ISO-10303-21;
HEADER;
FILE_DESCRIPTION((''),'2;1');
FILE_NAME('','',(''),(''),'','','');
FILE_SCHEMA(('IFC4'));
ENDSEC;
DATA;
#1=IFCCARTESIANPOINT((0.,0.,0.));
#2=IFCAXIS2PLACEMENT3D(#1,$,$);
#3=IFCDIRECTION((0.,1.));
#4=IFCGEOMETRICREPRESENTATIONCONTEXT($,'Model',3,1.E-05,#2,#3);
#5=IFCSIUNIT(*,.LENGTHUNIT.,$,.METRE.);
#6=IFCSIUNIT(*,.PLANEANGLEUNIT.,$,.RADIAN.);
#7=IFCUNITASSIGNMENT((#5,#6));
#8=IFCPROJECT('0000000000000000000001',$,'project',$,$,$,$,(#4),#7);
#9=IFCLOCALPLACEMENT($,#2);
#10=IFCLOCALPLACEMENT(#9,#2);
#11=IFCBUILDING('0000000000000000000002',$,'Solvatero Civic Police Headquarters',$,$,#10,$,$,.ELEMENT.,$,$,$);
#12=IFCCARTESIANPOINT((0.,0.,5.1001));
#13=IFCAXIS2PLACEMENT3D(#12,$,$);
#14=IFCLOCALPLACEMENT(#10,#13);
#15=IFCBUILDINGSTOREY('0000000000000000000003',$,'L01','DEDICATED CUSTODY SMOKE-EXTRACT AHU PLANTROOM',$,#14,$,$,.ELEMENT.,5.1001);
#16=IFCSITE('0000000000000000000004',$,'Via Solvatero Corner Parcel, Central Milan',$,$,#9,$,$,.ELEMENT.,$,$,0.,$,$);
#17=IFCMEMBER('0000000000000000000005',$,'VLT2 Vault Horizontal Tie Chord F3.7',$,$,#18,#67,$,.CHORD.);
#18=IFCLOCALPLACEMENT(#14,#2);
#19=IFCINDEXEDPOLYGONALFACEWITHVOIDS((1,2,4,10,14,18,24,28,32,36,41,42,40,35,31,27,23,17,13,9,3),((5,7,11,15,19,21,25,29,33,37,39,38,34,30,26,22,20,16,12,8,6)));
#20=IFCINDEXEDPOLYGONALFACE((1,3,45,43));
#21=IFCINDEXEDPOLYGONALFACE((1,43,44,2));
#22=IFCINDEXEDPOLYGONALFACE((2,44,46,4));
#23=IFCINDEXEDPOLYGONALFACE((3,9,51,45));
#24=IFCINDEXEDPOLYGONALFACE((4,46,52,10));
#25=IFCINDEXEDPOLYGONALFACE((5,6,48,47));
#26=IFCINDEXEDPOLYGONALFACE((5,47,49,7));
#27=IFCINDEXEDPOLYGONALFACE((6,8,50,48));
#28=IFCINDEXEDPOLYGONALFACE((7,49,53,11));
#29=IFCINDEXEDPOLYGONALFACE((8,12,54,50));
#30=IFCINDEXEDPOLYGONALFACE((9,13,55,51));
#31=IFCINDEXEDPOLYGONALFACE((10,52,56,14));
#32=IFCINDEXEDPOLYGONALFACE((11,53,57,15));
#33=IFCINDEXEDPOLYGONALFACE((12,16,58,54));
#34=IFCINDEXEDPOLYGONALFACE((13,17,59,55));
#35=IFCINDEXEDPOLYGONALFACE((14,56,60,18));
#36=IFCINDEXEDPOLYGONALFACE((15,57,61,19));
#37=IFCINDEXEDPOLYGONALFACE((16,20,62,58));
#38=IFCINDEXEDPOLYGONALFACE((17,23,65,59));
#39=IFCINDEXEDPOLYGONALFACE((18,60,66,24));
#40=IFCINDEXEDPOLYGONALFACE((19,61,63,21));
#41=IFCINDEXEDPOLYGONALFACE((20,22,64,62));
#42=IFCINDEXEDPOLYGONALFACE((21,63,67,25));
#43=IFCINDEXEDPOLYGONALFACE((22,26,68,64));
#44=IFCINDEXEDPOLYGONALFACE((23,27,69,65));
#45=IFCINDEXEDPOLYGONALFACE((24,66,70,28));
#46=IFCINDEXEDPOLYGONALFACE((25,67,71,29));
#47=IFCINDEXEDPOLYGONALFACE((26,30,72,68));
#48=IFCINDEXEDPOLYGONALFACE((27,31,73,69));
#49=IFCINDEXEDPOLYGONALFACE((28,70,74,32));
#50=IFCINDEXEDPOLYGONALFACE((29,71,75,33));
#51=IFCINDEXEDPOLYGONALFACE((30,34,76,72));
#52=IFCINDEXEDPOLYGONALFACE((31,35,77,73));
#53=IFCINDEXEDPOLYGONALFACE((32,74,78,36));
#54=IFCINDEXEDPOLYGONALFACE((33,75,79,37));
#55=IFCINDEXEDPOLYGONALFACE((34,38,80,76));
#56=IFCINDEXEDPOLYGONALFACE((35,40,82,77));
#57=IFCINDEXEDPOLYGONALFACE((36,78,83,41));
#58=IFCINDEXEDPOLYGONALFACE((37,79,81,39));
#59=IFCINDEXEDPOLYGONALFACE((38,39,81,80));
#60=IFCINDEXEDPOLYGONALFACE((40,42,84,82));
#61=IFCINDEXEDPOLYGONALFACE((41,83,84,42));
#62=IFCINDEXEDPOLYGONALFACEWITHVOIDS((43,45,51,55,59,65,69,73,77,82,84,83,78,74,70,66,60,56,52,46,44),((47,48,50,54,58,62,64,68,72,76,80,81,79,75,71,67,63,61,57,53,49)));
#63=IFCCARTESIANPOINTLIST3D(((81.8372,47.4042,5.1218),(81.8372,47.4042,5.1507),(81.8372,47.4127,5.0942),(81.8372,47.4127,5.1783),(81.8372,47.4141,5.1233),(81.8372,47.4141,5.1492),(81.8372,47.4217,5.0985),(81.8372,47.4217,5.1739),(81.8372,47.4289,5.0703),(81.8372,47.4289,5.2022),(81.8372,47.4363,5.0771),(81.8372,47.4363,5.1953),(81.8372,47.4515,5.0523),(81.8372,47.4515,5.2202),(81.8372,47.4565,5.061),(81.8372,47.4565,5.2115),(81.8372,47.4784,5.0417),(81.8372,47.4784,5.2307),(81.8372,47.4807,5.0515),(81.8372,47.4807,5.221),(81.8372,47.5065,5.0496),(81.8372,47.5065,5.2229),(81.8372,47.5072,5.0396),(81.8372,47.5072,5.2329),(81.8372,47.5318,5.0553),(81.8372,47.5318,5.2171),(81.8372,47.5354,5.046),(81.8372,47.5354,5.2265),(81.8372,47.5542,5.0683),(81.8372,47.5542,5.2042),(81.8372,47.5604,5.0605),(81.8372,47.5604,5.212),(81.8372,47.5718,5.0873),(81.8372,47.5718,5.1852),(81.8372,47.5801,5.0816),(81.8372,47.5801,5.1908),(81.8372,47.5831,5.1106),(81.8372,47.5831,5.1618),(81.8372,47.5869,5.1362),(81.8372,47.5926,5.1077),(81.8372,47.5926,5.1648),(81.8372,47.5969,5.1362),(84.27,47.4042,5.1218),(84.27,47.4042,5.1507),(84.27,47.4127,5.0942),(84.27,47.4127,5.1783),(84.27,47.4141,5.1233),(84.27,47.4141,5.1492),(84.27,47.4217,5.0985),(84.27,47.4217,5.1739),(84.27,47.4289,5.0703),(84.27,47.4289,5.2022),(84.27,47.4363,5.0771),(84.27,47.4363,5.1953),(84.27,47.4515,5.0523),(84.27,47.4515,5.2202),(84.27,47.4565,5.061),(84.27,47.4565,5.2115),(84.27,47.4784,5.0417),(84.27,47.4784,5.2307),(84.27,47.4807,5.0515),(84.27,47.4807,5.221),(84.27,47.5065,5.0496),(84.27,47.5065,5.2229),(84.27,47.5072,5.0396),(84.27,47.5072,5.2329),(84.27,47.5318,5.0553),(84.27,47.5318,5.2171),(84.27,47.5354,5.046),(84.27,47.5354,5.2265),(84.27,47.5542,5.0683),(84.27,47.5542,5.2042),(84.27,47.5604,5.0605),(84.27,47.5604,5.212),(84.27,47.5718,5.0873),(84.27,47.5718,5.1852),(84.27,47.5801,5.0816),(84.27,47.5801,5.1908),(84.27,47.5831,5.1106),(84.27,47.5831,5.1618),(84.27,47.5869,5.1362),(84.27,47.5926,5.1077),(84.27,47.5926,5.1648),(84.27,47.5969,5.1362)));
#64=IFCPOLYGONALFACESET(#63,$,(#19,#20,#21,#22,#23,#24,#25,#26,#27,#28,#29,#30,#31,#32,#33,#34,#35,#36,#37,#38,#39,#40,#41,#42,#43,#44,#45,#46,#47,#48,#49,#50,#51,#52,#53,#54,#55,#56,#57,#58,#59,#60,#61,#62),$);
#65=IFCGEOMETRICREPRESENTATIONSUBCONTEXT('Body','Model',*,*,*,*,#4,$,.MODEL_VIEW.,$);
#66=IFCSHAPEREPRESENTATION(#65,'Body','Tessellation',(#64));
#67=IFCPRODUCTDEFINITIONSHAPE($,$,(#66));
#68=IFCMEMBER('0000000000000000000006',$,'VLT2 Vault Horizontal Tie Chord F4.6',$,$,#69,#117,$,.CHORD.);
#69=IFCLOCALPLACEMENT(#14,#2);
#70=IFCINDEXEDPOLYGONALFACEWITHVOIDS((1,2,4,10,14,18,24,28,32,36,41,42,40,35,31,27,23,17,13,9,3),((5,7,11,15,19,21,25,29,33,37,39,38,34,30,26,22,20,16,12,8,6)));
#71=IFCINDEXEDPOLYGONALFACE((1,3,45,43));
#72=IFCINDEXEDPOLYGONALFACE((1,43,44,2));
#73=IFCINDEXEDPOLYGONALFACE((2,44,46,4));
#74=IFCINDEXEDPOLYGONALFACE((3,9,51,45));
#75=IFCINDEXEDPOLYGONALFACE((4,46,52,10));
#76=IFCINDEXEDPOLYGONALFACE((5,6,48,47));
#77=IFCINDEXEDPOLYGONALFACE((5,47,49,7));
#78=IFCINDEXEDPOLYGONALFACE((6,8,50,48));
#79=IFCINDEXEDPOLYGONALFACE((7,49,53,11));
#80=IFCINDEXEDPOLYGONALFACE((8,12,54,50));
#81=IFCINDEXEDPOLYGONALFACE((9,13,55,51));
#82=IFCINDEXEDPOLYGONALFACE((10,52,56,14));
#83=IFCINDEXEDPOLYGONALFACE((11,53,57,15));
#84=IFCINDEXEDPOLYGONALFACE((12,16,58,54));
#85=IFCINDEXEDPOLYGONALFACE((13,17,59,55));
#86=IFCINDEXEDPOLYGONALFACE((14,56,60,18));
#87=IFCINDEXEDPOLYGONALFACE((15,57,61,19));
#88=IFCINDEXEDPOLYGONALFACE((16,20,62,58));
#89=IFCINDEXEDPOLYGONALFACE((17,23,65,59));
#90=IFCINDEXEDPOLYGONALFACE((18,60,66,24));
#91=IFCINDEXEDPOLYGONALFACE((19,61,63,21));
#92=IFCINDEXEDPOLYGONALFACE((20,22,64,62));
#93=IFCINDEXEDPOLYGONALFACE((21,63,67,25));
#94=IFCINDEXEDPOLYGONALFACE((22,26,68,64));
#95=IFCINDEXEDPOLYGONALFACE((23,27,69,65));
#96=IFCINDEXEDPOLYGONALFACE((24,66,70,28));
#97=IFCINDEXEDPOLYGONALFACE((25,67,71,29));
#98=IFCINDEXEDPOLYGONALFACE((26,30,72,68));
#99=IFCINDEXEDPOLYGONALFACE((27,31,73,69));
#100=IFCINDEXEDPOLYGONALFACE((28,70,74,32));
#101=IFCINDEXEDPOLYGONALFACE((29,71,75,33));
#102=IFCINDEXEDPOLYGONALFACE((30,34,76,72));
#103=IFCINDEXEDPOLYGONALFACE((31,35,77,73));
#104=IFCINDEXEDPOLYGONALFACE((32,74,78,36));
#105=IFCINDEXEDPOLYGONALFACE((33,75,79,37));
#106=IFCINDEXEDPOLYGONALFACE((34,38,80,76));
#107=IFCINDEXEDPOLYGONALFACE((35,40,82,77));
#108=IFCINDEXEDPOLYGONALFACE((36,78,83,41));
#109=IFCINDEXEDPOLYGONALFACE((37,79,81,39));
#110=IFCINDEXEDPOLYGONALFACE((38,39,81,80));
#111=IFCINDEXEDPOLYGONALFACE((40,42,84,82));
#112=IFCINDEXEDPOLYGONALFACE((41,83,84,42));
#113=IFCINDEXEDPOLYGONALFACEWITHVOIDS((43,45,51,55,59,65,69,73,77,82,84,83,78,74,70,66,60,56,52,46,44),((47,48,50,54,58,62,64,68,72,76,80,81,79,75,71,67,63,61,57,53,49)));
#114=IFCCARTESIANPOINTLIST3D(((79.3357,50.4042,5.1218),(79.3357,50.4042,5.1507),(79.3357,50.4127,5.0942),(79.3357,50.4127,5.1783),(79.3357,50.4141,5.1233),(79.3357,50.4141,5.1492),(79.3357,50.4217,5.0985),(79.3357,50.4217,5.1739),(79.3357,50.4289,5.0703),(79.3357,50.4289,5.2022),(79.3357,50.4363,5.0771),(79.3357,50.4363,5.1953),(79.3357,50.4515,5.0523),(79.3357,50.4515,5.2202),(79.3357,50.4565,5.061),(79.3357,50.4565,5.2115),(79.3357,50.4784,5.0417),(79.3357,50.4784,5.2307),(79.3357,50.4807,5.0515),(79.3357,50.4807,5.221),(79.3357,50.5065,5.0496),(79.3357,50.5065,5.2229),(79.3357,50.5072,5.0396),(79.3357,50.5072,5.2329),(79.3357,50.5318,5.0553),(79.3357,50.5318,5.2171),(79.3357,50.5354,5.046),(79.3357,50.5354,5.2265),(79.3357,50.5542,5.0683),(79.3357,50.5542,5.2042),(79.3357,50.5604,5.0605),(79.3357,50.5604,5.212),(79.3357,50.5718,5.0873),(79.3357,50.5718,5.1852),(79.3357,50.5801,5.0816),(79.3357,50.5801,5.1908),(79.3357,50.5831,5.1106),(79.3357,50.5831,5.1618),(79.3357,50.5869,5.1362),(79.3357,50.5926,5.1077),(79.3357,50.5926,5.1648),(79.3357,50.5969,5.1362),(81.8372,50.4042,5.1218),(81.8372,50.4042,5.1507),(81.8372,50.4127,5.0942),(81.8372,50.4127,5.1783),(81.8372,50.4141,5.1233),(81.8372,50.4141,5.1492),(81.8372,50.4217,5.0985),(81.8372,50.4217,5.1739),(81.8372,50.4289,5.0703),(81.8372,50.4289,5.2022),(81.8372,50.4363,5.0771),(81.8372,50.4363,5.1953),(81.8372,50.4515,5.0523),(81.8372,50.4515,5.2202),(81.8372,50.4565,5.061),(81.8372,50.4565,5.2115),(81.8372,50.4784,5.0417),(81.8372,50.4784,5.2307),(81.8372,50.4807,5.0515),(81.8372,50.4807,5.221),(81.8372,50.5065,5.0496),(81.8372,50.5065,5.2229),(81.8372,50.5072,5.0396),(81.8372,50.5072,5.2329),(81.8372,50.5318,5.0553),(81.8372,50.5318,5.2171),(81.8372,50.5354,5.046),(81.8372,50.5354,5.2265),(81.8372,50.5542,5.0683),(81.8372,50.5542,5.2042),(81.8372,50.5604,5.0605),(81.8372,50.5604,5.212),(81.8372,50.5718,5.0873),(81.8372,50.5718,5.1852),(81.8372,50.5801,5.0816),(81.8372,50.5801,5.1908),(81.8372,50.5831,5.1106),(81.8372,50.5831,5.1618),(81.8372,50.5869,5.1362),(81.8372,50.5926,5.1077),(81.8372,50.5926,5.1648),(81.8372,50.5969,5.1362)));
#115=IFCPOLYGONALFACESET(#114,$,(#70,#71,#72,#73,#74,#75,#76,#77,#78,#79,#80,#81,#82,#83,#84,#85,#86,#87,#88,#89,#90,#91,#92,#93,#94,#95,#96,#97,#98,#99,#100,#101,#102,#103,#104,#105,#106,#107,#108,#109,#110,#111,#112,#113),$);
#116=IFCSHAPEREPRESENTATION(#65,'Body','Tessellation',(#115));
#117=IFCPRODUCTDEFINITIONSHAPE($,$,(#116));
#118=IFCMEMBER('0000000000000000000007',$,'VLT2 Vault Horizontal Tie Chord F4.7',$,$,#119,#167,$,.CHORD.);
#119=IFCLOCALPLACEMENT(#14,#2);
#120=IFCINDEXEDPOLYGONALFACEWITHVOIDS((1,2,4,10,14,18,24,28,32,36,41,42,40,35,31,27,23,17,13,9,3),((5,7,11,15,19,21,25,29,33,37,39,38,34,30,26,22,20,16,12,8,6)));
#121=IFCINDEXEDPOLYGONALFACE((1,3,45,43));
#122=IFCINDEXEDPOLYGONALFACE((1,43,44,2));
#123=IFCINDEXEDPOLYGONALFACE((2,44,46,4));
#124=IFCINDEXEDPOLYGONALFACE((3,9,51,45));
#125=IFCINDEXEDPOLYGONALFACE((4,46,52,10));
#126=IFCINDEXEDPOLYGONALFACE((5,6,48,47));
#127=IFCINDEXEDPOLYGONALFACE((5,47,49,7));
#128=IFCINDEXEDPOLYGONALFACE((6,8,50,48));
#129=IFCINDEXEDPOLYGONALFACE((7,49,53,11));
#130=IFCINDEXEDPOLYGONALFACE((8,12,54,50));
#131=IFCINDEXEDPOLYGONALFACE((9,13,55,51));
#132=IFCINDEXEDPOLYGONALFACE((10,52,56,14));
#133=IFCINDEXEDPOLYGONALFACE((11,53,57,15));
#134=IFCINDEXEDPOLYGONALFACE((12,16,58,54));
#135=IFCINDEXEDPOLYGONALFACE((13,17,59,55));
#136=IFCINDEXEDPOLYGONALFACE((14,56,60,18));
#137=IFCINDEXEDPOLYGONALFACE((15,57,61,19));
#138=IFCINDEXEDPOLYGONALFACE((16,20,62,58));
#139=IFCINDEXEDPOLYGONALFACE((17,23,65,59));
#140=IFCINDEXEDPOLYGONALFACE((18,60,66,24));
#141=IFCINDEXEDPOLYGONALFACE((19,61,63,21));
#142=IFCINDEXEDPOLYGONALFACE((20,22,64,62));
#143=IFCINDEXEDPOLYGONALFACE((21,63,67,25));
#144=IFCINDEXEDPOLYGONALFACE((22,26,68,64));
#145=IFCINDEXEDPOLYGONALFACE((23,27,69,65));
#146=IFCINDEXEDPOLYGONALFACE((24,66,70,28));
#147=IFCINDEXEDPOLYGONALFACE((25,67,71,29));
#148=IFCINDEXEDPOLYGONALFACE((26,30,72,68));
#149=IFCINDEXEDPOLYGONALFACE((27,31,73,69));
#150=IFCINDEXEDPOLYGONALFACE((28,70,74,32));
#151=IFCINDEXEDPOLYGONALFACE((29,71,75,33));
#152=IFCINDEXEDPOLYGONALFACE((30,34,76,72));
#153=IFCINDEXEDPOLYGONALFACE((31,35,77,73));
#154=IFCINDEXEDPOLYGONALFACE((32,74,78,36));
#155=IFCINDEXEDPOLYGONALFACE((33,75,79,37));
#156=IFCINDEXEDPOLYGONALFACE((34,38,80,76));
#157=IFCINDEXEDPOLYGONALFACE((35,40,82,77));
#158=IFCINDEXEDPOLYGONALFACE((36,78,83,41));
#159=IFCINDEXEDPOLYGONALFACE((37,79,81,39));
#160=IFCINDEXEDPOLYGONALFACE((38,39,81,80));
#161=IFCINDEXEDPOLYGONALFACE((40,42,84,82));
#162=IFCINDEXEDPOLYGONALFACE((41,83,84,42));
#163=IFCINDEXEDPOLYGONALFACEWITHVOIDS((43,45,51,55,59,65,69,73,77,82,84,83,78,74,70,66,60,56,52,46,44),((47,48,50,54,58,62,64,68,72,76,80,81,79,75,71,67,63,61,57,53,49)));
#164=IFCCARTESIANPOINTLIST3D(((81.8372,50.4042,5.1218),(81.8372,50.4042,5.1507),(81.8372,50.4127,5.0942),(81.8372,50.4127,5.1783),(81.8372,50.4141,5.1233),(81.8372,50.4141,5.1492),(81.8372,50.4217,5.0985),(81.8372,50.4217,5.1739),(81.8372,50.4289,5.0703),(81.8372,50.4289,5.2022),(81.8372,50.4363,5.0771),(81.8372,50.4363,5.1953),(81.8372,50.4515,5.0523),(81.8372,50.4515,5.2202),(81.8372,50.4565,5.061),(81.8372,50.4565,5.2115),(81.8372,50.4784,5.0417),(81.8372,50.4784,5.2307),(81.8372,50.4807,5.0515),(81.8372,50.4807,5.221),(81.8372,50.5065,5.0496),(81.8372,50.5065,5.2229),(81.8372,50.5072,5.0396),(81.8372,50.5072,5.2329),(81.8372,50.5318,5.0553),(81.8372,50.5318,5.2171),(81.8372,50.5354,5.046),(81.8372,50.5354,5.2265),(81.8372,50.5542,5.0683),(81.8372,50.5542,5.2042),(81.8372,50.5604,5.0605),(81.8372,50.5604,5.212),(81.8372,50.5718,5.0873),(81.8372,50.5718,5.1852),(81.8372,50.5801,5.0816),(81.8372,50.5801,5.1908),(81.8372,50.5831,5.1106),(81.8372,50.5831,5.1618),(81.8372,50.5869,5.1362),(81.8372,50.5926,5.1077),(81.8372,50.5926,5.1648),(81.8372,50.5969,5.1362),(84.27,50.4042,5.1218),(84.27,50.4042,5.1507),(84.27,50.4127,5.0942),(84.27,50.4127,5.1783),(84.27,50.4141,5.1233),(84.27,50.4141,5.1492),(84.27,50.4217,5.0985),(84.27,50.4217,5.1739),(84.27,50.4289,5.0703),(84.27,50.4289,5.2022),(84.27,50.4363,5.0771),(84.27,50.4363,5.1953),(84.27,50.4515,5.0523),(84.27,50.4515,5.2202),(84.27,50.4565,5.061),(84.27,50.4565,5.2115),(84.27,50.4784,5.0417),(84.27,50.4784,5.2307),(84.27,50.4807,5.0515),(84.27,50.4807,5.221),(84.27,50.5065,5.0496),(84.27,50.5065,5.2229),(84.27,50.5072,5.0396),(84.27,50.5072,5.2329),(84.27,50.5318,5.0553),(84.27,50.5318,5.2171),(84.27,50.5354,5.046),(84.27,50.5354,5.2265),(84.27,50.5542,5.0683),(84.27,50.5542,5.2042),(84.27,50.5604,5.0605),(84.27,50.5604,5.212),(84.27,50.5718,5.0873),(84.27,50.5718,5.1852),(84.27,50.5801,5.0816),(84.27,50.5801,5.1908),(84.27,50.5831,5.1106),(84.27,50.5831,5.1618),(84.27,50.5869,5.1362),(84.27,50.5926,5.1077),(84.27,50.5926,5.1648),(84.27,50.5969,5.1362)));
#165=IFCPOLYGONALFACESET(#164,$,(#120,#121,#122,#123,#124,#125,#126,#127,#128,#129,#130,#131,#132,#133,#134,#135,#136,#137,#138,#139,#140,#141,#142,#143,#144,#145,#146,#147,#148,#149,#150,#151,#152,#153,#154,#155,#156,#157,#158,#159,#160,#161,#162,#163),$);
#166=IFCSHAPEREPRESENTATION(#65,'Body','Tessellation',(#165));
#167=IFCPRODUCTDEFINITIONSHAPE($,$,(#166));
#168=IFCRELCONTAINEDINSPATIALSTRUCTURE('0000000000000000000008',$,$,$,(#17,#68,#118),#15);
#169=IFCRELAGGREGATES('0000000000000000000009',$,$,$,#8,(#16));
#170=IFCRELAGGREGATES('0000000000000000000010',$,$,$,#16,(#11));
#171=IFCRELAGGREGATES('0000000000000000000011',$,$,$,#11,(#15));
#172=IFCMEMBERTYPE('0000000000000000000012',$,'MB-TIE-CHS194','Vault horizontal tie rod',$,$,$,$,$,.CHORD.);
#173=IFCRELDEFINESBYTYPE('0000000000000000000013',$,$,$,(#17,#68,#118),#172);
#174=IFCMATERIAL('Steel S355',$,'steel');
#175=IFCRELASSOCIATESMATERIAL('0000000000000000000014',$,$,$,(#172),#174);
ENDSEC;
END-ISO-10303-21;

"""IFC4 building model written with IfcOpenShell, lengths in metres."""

from ifc_helpers import new_model, si_unit, direction, frame, origin, origin_2d, place, context, subcontext, project, spatial, hollow_circle, extrude, material, material_profile, profile_set, type_object, element, save


model = new_model("IFC4")

# Units and contexts
model_context = context("Model", 3, precision=1e-05, world=origin(), true_north=direction((0.0, 1.0)))
body_context = subcontext(model_context, "Body", "Model", "MODEL_VIEW")
ifc_project = project(units=[si_unit("LENGTHUNIT", "METRE"), si_unit("PLANEANGLEUNIT", "RADIAN")], contexts=[model_context])

# Site, building, storey
site_placement = place(None, origin())
site = spatial("IfcSite", under=ifc_project, at=site_placement, Name="Via Solvatero Corner Parcel, Central Milan", CompositionType="ELEMENT", RefElevation=0.0)
building_placement = place(site_placement, origin())
building = spatial("IfcBuilding", under=site, at=building_placement, Name="Solvatero Civic Police Headquarters", CompositionType="ELEMENT")
storey_placement = place(building_placement, frame((0.0, 0.0, 5.1001)))
storey = spatial("IfcBuildingStorey", under=building, at=storey_placement, Name="L01", Description="DEDICATED CUSTODY SMOKE-EXTRACT AHU PLANTROOM", CompositionType="ELEMENT", Elevation=5.1001)

# Shared definitions
ifc_material = material(Name="Steel S355", Category="steel")

# Members
ifc_material_profile_1 = material_profile(ifc_material, hollow_circle(Radius=0.0969, WallThickness=0.01, at=origin_2d()), Name="CHS 193.7x10.0")
ifc_profile_set_1 = profile_set([ifc_material_profile_1], Name="Steel S355")
member_type_1 = type_object("IfcMemberType", Name="MB-TIE-CHS194", Description="Vault horizontal tie rod", PredefinedType="CHORD", material=ifc_profile_set_1)
member_1_placement = place(storey_placement, frame((81.8372, 47.5, 5.1362), z_axis=(1.0, 0.0, 0.0), x_axis=(0.0, 1.0, 0.0)))
element("IfcMember", 1, at=member_1_placement, inside=storey, type_object=member_type_1, Name="VLT2 Vault Horizontal Tie Chord F3.7", PredefinedType="CHORD", context=body_context, shape_type="SweptSolid", body=[
    extrude(hollow_circle(Radius=0.0969, WallThickness=0.01, at=origin_2d()), origin(), (0.0, 0.0, 1.0), 2.4329),
])
member_2_placement = place(storey_placement, frame((79.3357, 50.5, 5.1362), z_axis=(1.0, 0.0, 0.0), x_axis=(0.0, 1.0, 0.0)))
element("IfcMember", 2, at=member_2_placement, inside=storey, type_object=member_type_1, Name="VLT2 Vault Horizontal Tie Chord F4.6", PredefinedType="CHORD", context=body_context, shape_type="SweptSolid", body=[
    extrude(hollow_circle(Radius=0.0969, WallThickness=0.01, at=origin_2d()), origin(), (0.0, 0.0, 1.0), 2.5015),
])
member_3_placement = place(storey_placement, frame((81.8372, 50.5, 5.1362), z_axis=(1.0, 0.0, 0.0), x_axis=(0.0, 1.0, 0.0)))
element("IfcMember", 3, at=member_3_placement, inside=storey, type_object=member_type_1, Name="VLT2 Vault Horizontal Tie Chord F4.7", PredefinedType="CHORD", context=body_context, shape_type="SweptSolid", body=[
    extrude(hollow_circle(Radius=0.0969, WallThickness=0.01, at=origin_2d()), origin(), (0.0, 0.0, 1.0), 2.4329),
])

save(model, "model.ifc")
